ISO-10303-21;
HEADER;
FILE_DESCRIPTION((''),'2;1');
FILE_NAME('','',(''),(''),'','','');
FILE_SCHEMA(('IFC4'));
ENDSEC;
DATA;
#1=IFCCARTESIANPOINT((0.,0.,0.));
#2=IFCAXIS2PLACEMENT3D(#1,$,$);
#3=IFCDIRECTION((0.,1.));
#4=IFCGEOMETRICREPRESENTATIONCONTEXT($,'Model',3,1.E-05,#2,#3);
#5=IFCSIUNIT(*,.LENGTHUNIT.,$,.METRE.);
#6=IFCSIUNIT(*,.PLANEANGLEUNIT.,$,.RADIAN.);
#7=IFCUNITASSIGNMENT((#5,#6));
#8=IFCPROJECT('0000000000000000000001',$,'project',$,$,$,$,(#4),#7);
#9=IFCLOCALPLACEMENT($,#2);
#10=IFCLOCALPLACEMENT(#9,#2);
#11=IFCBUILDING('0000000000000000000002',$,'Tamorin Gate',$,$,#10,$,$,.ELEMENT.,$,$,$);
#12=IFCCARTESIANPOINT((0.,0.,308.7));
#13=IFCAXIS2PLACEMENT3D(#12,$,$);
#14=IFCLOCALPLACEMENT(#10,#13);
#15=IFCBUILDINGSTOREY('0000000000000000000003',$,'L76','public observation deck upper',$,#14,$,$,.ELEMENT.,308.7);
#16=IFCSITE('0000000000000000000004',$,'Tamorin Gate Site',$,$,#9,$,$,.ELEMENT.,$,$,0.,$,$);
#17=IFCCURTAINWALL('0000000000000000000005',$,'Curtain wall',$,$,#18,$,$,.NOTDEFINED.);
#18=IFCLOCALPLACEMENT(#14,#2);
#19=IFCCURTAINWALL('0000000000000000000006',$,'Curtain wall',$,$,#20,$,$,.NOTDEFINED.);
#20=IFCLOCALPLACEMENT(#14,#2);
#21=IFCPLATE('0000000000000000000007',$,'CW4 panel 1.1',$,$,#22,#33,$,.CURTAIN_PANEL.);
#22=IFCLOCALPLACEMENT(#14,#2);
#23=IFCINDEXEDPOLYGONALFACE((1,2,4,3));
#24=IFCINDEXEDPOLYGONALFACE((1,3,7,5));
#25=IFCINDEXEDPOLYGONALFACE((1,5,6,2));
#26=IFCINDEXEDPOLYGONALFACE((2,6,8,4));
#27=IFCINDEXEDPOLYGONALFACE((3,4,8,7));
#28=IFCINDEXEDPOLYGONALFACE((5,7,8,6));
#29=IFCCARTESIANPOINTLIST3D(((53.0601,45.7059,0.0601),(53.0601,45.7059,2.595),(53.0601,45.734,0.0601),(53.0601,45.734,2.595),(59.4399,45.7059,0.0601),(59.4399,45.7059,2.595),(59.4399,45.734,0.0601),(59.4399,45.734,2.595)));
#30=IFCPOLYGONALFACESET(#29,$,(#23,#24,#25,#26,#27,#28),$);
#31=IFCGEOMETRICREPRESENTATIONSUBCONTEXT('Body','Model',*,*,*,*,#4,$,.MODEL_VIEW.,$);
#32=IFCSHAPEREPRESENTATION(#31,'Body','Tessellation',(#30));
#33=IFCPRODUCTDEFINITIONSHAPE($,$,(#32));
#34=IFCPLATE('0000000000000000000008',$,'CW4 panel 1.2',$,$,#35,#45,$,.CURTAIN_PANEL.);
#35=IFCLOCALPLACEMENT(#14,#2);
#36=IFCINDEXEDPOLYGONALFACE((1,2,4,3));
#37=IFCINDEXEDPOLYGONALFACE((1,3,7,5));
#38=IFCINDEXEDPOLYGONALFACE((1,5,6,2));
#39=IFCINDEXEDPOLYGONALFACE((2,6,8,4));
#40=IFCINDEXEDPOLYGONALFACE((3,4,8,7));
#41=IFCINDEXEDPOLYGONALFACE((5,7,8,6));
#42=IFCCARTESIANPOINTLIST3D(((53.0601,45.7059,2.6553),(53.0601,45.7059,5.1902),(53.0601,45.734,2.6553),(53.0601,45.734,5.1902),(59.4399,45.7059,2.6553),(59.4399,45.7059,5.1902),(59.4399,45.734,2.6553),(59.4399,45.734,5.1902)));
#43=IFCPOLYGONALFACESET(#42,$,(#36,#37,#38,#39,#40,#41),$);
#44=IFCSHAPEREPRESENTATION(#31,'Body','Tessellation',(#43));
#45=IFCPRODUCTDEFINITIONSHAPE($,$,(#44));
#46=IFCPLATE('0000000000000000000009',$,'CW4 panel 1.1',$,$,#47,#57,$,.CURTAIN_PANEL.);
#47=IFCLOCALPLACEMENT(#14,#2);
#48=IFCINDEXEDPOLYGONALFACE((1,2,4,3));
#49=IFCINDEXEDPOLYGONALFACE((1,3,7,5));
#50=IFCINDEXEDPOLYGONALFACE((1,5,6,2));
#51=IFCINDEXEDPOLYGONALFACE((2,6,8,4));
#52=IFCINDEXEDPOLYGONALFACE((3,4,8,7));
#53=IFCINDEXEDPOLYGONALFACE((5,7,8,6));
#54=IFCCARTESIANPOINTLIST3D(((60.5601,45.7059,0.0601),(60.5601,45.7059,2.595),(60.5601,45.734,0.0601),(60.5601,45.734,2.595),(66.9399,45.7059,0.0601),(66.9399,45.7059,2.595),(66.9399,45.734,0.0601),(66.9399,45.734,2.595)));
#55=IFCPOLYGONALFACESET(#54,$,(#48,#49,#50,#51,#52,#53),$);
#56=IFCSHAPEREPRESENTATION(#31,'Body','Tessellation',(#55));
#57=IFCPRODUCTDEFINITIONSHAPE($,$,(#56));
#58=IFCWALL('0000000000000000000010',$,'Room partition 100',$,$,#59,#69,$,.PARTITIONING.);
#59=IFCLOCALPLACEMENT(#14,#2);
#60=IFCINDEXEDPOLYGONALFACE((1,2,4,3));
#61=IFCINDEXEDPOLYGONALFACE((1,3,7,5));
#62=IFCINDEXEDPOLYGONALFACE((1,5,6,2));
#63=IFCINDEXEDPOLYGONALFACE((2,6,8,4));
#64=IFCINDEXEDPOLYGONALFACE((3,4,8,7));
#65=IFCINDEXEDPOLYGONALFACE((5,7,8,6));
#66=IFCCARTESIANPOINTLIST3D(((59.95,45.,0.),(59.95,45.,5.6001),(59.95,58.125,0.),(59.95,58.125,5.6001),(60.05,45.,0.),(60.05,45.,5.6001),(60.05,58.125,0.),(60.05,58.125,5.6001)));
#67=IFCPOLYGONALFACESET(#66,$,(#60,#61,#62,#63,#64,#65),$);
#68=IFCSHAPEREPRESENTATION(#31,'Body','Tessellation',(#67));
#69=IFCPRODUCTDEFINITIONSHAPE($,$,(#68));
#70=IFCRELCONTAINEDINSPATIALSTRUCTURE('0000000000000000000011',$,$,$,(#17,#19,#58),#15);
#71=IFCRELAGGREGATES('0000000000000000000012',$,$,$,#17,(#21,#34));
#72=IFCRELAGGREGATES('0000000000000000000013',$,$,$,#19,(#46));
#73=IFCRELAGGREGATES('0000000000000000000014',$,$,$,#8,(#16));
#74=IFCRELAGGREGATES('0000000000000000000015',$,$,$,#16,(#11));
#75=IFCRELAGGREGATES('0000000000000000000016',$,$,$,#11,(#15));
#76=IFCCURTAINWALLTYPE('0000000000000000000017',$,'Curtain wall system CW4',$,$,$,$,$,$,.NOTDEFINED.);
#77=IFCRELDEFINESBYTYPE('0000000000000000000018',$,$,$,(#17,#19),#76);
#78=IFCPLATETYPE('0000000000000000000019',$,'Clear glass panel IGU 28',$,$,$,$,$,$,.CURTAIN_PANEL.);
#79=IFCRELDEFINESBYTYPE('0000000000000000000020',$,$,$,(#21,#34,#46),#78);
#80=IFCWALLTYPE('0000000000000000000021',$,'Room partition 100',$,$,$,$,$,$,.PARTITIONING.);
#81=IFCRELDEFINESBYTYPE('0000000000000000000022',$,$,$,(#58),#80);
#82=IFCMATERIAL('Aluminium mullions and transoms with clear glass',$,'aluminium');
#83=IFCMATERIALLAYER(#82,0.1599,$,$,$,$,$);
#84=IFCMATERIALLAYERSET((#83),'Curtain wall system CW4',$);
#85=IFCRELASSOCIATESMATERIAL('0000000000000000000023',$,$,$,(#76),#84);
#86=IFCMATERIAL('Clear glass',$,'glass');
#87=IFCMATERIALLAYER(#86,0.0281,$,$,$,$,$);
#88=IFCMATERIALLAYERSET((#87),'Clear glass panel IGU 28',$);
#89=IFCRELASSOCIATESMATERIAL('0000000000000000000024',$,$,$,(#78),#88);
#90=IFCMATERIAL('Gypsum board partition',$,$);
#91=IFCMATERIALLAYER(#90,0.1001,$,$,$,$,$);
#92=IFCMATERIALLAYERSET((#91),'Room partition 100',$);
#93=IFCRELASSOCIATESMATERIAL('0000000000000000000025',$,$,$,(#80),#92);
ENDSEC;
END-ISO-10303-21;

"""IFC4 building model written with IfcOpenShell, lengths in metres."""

from ifc_helpers import new_model, si_unit, direction, frame, frame_2d, origin, origin_2d, place, context, subcontext, project, spatial, rectangle, extrude, material, layer, layer_set, type_object, element, aggregate, save


model = new_model("IFC4")

# Units and contexts
model_context = context("Model", 3, precision=1e-05, world=origin(), true_north=direction((0.0, 1.0)))
body_context = subcontext(model_context, "Body", "Model", "MODEL_VIEW")
ifc_project = project(units=[si_unit("LENGTHUNIT", "METRE"), si_unit("PLANEANGLEUNIT", "RADIAN")], contexts=[model_context])

# Site, building, storey
site_placement = place(None, origin())
site = spatial("IfcSite", under=ifc_project, at=site_placement, Name="Tamorin Gate Site", CompositionType="ELEMENT", RefElevation=0.0)
building_placement = place(site_placement, origin())
building = spatial("IfcBuilding", under=site, at=building_placement, Name="Tamorin Gate", CompositionType="ELEMENT")
storey_placement = place(building_placement, frame((0.0, 0.0, 308.7)))
storey = spatial("IfcBuildingStorey", under=building, at=storey_placement, Name="L76", Description="public observation deck upper", CompositionType="ELEMENT", Elevation=308.7)

# Shared definitions
ifc_material_1 = material(Name="Aluminium mullions and transoms with clear glass", Category="aluminium")
ifc_layer_1 = layer(ifc_material_1, 0.1599)
ifc_layer_set_1 = layer_set([ifc_layer_1], Name="Curtain wall system CW4")
curtain_wall_type = type_object("IfcCurtainWallType", Name="Curtain wall system CW4", PredefinedType="NOTDEFINED", material=ifc_layer_set_1)

# Curtain wall
curtain_wall_1_placement = place(storey_placement, origin())
curtain_wall_1 = element("IfcCurtainWall", 1, at=curtain_wall_1_placement, inside=storey, type_object=curtain_wall_type, Name="Curtain wall", PredefinedType="NOTDEFINED")

# Curtain wall
curtain_wall_2_placement = place(storey_placement, origin())
curtain_wall_2 = element("IfcCurtainWall", 2, at=curtain_wall_2_placement, inside=storey, type_object=curtain_wall_type, Name="Curtain wall", PredefinedType="NOTDEFINED")

# Plates
ifc_material_2 = material(Name="Clear glass", Category="glass")
ifc_layer_2 = layer(ifc_material_2, 0.0281)
ifc_layer_set_2 = layer_set([ifc_layer_2], Name="Clear glass panel IGU 28")
plate_type = type_object("IfcPlateType", Name="Clear glass panel IGU 28", PredefinedType="CURTAIN_PANEL", material=ifc_layer_set_2)
plate_1_placement = place(storey_placement, frame((56.25, 45.72, 0.0601), z_axis=(0.0, 0.0, 1.0), x_axis=(1.0, 0.0, 0.0)))
plate_1 = element("IfcPlate", 3, at=plate_1_placement, type_object=plate_type, Name="CW4 panel 1.1", PredefinedType="CURTAIN_PANEL", context=body_context, shape_type="SweptSolid", body=[
    extrude(rectangle(XDim=6.3799, YDim=0.0281, at=origin_2d()), origin(), (0.0, 0.0, 1.0), 2.5349),
])
plate_2_placement = place(storey_placement, frame((56.25, 45.72, 2.6553), z_axis=(0.0, 0.0, 1.0), x_axis=(1.0, 0.0, 0.0)))
plate_2 = element("IfcPlate", 4, at=plate_2_placement, type_object=plate_type, Name="CW4 panel 1.2", PredefinedType="CURTAIN_PANEL", context=body_context, shape_type="SweptSolid", body=[
    extrude(rectangle(XDim=6.3799, YDim=0.0281, at=origin_2d()), origin(), (0.0, 0.0, 1.0), 2.5349),
])
aggregate(curtain_wall_1, [plate_1, plate_2])
plate_3_placement = place(storey_placement, frame((63.75, 45.72, 0.0601), z_axis=(0.0, 0.0, 1.0), x_axis=(1.0, 0.0, 0.0)))
plate_3 = element("IfcPlate", 5, at=plate_3_placement, type_object=plate_type, Name="CW4 panel 1.1", PredefinedType="CURTAIN_PANEL", context=body_context, shape_type="SweptSolid", body=[
    extrude(rectangle(XDim=6.3799, YDim=0.0281, at=origin_2d()), origin(), (0.0, 0.0, 1.0), 2.5349),
])
aggregate(curtain_wall_2, [plate_3])

# Wall
ifc_material_3 = material(Name="Gypsum board partition")
ifc_layer_3 = layer(ifc_material_3, 0.1001)
ifc_layer_set_3 = layer_set([ifc_layer_3], Name="Room partition 100")
wall_type = type_object("IfcWallType", Name="Room partition 100", PredefinedType="PARTITIONING", material=ifc_layer_set_3)
wall_placement = place(storey_placement, frame((60.0, 45.0, 0.0), z_axis=(0.0, 0.0, 1.0), x_axis=(0.0, 1.0, 0.0)))
element("IfcWall", 6, at=wall_placement, inside=storey, type_object=wall_type, Name="Room partition 100", PredefinedType="PARTITIONING", context=body_context, shape_type="SweptSolid", body=[
    extrude(rectangle(XDim=13.125, YDim=0.1001, at=frame_2d((6.5625, 0.0))), origin(), (0.0, 0.0, 1.0), 5.6001),
])

save(model, "model.ifc")
